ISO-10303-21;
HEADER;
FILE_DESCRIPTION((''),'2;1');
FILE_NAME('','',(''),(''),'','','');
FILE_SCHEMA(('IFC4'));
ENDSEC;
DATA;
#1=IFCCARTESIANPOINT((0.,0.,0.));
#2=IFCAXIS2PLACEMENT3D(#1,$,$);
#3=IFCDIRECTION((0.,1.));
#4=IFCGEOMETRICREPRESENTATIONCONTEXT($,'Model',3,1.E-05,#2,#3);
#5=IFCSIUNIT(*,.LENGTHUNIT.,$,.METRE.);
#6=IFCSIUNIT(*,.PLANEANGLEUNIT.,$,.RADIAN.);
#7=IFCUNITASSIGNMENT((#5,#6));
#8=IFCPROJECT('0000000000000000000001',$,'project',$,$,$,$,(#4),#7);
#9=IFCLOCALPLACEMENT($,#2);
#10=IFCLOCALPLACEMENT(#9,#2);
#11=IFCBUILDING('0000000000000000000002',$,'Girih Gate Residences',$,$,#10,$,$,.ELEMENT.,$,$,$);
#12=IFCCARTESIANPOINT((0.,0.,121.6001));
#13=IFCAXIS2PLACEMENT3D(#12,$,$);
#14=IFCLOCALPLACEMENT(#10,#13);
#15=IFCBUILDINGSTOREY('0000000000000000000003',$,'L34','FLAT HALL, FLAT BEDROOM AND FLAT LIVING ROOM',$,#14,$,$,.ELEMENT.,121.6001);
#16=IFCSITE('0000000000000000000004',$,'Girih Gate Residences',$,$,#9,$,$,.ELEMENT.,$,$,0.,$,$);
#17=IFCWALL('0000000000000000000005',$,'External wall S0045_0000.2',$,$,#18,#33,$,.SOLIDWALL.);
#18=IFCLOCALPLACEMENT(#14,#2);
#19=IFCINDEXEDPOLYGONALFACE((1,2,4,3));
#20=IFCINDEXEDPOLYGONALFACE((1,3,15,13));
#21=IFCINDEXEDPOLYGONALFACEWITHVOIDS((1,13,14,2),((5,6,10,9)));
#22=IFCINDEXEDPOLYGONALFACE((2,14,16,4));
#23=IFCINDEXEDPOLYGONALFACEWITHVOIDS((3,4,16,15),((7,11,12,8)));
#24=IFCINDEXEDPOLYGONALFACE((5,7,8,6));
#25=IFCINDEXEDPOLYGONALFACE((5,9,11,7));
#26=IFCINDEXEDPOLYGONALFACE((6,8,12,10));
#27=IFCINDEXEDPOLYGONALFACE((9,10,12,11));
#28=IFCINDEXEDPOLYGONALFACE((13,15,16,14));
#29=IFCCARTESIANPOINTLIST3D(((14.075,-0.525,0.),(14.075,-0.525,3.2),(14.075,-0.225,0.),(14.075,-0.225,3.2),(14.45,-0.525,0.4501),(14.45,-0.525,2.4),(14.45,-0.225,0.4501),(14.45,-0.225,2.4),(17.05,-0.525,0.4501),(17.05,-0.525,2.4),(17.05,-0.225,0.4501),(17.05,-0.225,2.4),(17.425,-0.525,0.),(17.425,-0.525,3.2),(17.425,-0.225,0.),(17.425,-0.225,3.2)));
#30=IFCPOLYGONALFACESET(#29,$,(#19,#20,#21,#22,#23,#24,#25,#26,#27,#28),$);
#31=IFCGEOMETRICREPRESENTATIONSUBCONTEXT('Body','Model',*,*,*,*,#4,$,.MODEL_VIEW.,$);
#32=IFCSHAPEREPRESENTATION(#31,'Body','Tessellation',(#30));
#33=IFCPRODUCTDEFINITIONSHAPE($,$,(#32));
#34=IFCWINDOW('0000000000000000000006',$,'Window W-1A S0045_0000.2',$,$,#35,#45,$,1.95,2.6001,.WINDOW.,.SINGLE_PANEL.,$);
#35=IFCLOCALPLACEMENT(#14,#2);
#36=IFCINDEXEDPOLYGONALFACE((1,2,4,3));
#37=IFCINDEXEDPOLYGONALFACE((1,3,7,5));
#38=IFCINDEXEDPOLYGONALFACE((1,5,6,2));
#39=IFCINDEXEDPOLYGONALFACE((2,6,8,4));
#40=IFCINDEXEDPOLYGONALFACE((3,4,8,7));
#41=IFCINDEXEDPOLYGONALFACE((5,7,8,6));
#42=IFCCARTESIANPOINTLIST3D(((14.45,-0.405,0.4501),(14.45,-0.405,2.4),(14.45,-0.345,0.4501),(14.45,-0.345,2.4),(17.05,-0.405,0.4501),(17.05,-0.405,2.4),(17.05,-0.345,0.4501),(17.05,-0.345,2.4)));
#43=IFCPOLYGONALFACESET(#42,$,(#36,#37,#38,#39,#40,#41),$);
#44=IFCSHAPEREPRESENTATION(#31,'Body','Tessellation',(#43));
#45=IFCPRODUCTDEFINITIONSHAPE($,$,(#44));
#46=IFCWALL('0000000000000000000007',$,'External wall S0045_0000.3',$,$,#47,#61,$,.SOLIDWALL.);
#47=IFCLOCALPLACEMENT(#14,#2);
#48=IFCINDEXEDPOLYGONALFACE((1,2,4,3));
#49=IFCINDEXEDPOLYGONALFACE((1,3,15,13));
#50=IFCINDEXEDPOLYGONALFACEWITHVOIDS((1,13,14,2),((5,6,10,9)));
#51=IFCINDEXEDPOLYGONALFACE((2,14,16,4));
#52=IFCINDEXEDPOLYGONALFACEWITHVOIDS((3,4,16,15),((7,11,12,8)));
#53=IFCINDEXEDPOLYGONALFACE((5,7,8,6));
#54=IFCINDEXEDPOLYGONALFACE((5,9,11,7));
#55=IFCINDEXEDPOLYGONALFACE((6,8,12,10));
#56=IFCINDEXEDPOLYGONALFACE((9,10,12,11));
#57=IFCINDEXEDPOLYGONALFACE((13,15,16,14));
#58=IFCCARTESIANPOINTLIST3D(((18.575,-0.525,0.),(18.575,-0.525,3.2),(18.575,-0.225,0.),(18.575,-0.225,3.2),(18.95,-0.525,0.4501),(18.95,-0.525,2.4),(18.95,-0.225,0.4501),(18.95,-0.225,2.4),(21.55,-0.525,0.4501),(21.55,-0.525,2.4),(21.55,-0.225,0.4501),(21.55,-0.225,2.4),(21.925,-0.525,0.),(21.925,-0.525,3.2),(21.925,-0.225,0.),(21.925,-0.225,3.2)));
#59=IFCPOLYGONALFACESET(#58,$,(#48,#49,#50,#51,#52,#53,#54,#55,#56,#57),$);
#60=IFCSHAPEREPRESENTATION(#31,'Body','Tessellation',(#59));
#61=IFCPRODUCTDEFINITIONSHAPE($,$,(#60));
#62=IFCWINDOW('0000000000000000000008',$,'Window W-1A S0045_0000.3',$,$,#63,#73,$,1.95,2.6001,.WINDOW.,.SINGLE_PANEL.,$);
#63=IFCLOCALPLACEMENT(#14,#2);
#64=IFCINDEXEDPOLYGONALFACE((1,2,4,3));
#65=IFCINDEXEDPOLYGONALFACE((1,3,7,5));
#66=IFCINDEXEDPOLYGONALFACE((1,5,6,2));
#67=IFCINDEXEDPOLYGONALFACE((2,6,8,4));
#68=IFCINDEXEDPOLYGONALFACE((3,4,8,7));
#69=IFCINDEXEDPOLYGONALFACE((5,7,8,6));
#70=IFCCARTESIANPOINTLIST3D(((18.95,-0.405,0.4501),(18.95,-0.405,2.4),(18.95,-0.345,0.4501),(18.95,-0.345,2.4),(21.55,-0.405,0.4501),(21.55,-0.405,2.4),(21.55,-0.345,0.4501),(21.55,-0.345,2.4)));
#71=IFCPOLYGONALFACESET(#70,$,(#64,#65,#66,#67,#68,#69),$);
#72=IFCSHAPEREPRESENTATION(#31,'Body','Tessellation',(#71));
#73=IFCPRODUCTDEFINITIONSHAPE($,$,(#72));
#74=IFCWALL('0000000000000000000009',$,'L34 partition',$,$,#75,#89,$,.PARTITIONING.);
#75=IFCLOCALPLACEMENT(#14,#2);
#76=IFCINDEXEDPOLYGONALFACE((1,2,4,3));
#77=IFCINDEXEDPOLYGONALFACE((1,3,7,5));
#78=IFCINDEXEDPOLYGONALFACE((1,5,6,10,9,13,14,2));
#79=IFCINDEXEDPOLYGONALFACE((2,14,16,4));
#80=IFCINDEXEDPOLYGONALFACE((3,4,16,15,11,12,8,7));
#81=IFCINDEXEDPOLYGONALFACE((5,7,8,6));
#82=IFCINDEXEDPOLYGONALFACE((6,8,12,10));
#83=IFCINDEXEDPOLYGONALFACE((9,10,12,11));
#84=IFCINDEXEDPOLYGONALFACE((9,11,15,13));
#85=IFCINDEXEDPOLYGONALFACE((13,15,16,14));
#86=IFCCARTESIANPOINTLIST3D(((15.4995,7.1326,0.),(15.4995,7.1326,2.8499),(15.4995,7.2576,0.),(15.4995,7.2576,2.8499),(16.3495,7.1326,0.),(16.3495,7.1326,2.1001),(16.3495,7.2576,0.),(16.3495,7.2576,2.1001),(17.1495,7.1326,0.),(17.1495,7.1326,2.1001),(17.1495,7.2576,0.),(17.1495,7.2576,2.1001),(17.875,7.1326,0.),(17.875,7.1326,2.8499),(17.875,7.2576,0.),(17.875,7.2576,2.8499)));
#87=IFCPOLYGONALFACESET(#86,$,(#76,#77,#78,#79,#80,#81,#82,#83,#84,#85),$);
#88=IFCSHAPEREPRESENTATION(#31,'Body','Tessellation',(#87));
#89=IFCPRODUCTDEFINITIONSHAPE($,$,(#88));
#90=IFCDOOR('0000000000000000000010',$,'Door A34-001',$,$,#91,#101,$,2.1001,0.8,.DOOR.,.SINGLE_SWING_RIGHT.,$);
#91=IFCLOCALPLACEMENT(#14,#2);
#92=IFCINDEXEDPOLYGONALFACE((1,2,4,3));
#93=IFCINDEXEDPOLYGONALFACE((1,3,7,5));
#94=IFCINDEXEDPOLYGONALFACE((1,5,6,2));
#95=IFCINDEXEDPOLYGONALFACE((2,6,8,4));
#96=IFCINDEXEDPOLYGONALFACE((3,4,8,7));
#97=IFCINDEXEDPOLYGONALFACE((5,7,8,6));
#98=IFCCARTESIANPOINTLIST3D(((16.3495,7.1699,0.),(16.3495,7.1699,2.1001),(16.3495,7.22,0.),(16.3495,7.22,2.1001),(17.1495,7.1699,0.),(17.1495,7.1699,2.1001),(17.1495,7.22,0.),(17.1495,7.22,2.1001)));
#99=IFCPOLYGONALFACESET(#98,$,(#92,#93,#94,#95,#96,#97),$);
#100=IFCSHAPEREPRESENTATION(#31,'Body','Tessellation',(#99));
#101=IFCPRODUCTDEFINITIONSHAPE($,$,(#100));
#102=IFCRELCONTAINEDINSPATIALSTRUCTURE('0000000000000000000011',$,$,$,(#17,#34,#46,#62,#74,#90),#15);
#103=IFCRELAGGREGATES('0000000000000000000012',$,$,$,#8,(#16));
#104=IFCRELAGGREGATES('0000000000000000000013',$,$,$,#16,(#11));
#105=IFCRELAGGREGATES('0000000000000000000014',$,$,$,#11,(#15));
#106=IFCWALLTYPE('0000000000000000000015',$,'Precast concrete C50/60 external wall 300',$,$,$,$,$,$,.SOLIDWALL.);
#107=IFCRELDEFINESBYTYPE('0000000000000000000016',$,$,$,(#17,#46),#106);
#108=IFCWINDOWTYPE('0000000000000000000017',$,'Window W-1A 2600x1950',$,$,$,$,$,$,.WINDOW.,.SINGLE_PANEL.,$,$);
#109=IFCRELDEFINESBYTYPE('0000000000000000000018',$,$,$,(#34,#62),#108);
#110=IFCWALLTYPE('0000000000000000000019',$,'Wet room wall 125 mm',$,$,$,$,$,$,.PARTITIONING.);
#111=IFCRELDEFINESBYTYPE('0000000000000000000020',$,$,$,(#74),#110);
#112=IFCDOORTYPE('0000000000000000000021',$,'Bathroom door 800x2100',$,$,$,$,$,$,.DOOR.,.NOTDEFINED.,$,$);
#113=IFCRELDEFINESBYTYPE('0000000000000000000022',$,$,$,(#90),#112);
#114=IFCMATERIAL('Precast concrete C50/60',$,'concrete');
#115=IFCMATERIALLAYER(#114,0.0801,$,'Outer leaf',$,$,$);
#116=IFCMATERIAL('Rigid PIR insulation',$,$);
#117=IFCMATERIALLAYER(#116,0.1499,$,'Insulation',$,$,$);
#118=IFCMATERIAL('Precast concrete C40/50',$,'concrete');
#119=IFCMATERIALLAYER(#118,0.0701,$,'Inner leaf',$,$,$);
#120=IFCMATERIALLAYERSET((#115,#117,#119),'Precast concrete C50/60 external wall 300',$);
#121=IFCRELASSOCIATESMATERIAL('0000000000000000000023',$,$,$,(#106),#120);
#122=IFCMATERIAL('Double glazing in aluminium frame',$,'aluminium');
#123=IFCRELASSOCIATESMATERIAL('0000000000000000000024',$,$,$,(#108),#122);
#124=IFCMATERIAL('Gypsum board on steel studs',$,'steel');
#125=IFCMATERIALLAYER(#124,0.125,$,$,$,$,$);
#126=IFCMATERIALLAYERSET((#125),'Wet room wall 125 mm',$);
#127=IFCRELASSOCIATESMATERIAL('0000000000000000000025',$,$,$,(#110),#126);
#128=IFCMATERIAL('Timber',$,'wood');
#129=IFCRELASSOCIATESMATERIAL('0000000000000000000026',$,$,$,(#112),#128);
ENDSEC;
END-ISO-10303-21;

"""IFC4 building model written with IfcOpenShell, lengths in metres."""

from ifc_helpers import new_model, si_unit, direction, frame, frame_2d, origin, place, context, subcontext, project, spatial, rectangle, extrude, material, layer, layer_set, type_object, element, fill, save


model = new_model("IFC4")

# Units and contexts
model_context = context("Model", 3, precision=1e-05, world=origin(), true_north=direction((0.0, 1.0)))
body_context = subcontext(model_context, "Body", "Model", "MODEL_VIEW")
ifc_project = project(units=[si_unit("LENGTHUNIT", "METRE"), si_unit("PLANEANGLEUNIT", "RADIAN")], contexts=[model_context])

# Site, building, storey
site_placement = place(None, origin())
site = spatial("IfcSite", under=ifc_project, at=site_placement, Name="Girih Gate Residences", CompositionType="ELEMENT", RefElevation=0.0)
building_placement = place(site_placement, origin())
building = spatial("IfcBuilding", under=site, at=building_placement, Name="Girih Gate Residences", CompositionType="ELEMENT")
storey_placement = place(building_placement, frame((0.0, 0.0, 121.6001)))
storey = spatial("IfcBuildingStorey", under=building, at=storey_placement, Name="L34", Description="FLAT HALL, FLAT BEDROOM AND FLAT LIVING ROOM", CompositionType="ELEMENT", Elevation=121.6001)

# Shared definitions
ifc_material_1 = material(Name="Gypsum board on steel studs", Category="steel")

# Shared definitions
ifc_material_2 = material(Name="Timber", Category="wood")

# Walls, openings, windows
ifc_material_3 = material(Name="Precast concrete C50/60", Category="concrete")
ifc_layer_1 = layer(ifc_material_3, 0.0801, Name="Outer leaf")
ifc_material_4 = material(Name="Rigid PIR insulation")
ifc_layer_2 = layer(ifc_material_4, 0.1499, Name="Insulation")
ifc_material_5 = material(Name="Precast concrete C40/50", Category="concrete")
ifc_layer_3 = layer(ifc_material_5, 0.0701, Name="Inner leaf")
ifc_layer_set_1 = layer_set([ifc_layer_1, ifc_layer_2, ifc_layer_3], Name="Precast concrete C50/60 external wall 300")
wall_type_1 = type_object("IfcWallType", Name="Precast concrete C50/60 external wall 300", PredefinedType="SOLIDWALL", material=ifc_layer_set_1)
ifc_material_6 = material(Name="Double glazing in aluminium frame", Category="aluminium")
window_type = type_object("IfcWindowType", Name="Window W-1A 2600x1950", PartitioningType="SINGLE_PANEL", PredefinedType="WINDOW", material=ifc_material_6)
wall_1_placement = place(storey_placement, frame((17.425, -0.375, 0.0), z_axis=(0.0, 0.0, 1.0), x_axis=(-1.0, 0.0, 0.0)))
wall_1 = element("IfcWall", 1, at=wall_1_placement, inside=storey, type_object=wall_type_1, Name="External wall S0045_0000.2", PredefinedType="SOLIDWALL", context=body_context, shape_type="SweptSolid", body=[
    extrude(rectangle(XDim=3.3501, YDim=0.3, at=frame_2d((1.675, 0.0))), origin(), (0.0, 0.0, 1.0), 3.2),
])
opening_1_placement = place(wall_1_placement, frame((0.375, 0.0, 0.45)))
opening_1 = element("IfcOpeningElement", 2, at=opening_1_placement, cuts=wall_1, PredefinedType="OPENING", context=body_context, shape_type="SweptSolid", body=[
    extrude(rectangle(XDim=2.6001, YDim=1.95, at=frame_2d((1.3, 0.9751))), frame((0.0, 0.1599, 0.0), z_axis=(0.0, -1.0, 0.0), x_axis=(1.0, 0.0, 0.0)), (0.0, 0.0, 1.0), 0.3201),
])
window_1_placement = place(opening_1_placement, origin())
window_1 = element("IfcWindow", 3, at=window_1_placement, inside=storey, type_object=window_type, Name="Window W-1A S0045_0000.2", OverallHeight=1.95, OverallWidth=2.6001, PartitioningType="SINGLE_PANEL", PredefinedType="WINDOW", context=body_context, shape_type="SweptSolid", body=[
    extrude(rectangle(XDim=2.6001, YDim=1.95, at=frame_2d((1.3, 0.9751))), frame((0.0, 0.03, 0.0), z_axis=(0.0, -1.0, 0.0), x_axis=(1.0, 0.0, 0.0)), (0.0, 0.0, 1.0), 0.0601),
])
fill(opening_1, window_1)
wall_2_placement = place(storey_placement, frame((21.925, -0.375, 0.0), z_axis=(0.0, 0.0, 1.0), x_axis=(-1.0, 0.0, 0.0)))
wall_2 = element("IfcWall", 4, at=wall_2_placement, inside=storey, type_object=wall_type_1, Name="External wall S0045_0000.3", PredefinedType="SOLIDWALL", context=body_context, shape_type="SweptSolid", body=[
    extrude(rectangle(XDim=3.3501, YDim=0.3, at=frame_2d((1.675, 0.0))), origin(), (0.0, 0.0, 1.0), 3.2),
])
opening_2_placement = place(wall_2_placement, frame((0.375, 0.0, 0.45)))
opening_2 = element("IfcOpeningElement", 5, at=opening_2_placement, cuts=wall_2, PredefinedType="OPENING", context=body_context, shape_type="SweptSolid", body=[
    extrude(rectangle(XDim=2.6001, YDim=1.95, at=frame_2d((1.3, 0.9751))), frame((0.0, 0.1599, 0.0), z_axis=(0.0, -1.0, 0.0), x_axis=(1.0, 0.0, 0.0)), (0.0, 0.0, 1.0), 0.3201),
])
window_2_placement = place(opening_2_placement, origin())
window_2 = element("IfcWindow", 6, at=window_2_placement, inside=storey, type_object=window_type, Name="Window W-1A S0045_0000.3", OverallHeight=1.95, OverallWidth=2.6001, PartitioningType="SINGLE_PANEL", PredefinedType="WINDOW", context=body_context, shape_type="SweptSolid", body=[
    extrude(rectangle(XDim=2.6001, YDim=1.95, at=frame_2d((1.3, 0.9751))), frame((0.0, 0.03, 0.0), z_axis=(0.0, -1.0, 0.0), x_axis=(1.0, 0.0, 0.0)), (0.0, 0.0, 1.0), 0.0601),
])
fill(opening_2, window_2)

# Wall, opening, door
ifc_layer_4 = layer(ifc_material_1, 0.125)
ifc_layer_set_2 = layer_set([ifc_layer_4], Name="Wet room wall 125 mm")
wall_type_2 = type_object("IfcWallType", Name="Wet room wall 125 mm", PredefinedType="PARTITIONING", material=ifc_layer_set_2)
wall_3_placement = place(storey_placement, frame((15.4995, 7.1951, 0.0), z_axis=(0.0, 0.0, 1.0), x_axis=(1.0, 0.0, 0.0)))
wall_3 = element("IfcWall", 7, at=wall_3_placement, inside=storey, type_object=wall_type_2, Name="L34 partition", PredefinedType="PARTITIONING", context=body_context, shape_type="SweptSolid", body=[
    extrude(rectangle(XDim=2.3755, YDim=0.125, at=frame_2d((1.1877, 0.0))), origin(), (0.0, 0.0, 1.0), 2.8499),
])
opening_3_placement = place(wall_3_placement, frame((0.8501, 0.0, 0.0)))
opening_3 = element("IfcOpeningElement", 8, at=opening_3_placement, cuts=wall_3, PredefinedType="OPENING", context=body_context, shape_type="SweptSolid", body=[
    extrude(rectangle(XDim=0.8, YDim=2.1001, at=frame_2d((0.3999, 1.05))), frame((0.0, 0.0725, 0.0), z_axis=(0.0, -1.0, 0.0), x_axis=(1.0, 0.0, 0.0)), (0.0, 0.0, 1.0), 0.145),
])
door_type_1 = type_object("IfcDoorType", Name="Bathroom door 800x2100", OperationType="NOTDEFINED", PredefinedType="DOOR", material=ifc_material_2)
door_1_placement = place(opening_3_placement, origin())
door_1 = element("IfcDoor", 9, at=door_1_placement, inside=storey, type_object=door_type_1, Name="Door A34-001", OperationType="SINGLE_SWING_RIGHT", OverallHeight=2.1001, OverallWidth=0.8, PredefinedType="DOOR", context=body_context, shape_type="SweptSolid", body=[
    extrude(rectangle(XDim=0.8, YDim=2.1001, at=frame_2d((0.3999, 1.05))), frame((0.0, 0.0249, 0.0), z_axis=(0.0, -1.0, 0.0), x_axis=(1.0, 0.0, 0.0)), (0.0, 0.0, 1.0), 0.05),
])
fill(opening_3, door_1)

save(model, "model.ifc")
